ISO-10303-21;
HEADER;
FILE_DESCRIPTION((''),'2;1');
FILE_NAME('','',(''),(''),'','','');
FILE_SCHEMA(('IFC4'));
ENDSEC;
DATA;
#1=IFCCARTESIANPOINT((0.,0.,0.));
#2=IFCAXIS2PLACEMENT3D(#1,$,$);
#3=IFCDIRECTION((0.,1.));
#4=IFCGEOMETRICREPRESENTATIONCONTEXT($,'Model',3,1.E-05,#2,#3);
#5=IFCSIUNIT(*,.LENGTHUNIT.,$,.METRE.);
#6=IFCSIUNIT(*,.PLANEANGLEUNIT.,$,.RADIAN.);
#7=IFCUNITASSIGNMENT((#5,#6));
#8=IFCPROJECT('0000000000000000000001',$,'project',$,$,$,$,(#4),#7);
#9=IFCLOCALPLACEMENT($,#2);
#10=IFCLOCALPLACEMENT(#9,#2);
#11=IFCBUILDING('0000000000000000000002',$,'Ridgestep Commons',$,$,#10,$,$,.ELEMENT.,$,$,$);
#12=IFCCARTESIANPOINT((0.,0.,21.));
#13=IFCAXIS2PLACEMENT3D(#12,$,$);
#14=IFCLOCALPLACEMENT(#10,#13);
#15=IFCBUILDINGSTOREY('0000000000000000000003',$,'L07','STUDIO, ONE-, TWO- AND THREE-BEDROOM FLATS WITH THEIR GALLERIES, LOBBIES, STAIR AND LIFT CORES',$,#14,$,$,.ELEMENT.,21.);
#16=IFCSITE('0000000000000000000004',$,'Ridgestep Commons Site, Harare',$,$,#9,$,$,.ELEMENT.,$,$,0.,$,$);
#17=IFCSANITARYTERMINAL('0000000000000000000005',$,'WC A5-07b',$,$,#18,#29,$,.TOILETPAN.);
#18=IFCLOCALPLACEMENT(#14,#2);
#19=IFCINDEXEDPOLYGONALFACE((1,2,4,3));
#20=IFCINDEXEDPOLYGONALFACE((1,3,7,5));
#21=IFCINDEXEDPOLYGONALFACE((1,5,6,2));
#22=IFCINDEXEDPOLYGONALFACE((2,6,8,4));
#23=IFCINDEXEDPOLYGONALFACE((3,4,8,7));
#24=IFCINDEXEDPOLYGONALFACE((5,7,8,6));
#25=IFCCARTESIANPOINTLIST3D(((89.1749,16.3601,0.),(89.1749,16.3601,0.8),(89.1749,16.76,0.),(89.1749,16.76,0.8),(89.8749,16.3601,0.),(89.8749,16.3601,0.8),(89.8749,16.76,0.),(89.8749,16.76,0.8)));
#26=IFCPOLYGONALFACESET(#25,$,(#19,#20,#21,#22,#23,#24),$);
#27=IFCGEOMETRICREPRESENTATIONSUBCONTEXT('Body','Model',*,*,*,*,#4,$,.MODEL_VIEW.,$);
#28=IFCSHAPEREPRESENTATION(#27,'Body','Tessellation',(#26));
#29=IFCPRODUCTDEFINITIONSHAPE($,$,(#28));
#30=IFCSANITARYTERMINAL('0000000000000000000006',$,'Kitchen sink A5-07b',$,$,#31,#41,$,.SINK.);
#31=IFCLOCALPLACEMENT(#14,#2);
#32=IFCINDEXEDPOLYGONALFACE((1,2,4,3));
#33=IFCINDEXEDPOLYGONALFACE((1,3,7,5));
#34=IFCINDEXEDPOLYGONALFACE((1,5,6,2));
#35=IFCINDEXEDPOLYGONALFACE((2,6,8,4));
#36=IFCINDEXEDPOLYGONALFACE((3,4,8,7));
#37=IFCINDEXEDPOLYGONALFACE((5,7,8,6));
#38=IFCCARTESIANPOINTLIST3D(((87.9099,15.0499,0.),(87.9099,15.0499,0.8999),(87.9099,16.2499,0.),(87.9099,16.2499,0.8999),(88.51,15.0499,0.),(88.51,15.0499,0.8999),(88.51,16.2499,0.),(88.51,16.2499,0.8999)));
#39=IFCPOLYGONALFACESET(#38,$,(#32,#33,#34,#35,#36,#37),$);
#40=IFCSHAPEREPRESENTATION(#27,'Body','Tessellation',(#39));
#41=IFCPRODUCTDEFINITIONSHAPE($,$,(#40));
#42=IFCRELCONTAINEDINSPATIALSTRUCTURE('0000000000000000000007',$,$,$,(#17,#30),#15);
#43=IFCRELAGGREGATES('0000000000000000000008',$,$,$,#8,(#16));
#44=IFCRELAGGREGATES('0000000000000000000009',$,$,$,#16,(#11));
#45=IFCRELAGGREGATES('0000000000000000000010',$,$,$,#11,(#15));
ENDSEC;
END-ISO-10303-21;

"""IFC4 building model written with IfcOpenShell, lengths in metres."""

from ifc_helpers import new_model, si_unit, direction, frame, origin, origin_2d, place, context, subcontext, project, spatial, rectangle, extrude, element, save


model = new_model("IFC4")

# Units and contexts
model_context = context("Model", 3, precision=1e-05, world=origin(), true_north=direction((0.0, 1.0)))
body_context = subcontext(model_context, "Body", "Model", "MODEL_VIEW")
ifc_project = project(units=[si_unit("LENGTHUNIT", "METRE"), si_unit("PLANEANGLEUNIT", "RADIAN")], contexts=[model_context])

# Site, building, storey
site_placement = place(None, origin())
site = spatial("IfcSite", under=ifc_project, at=site_placement, Name="Ridgestep Commons Site, Harare", CompositionType="ELEMENT", RefElevation=0.0)
building_placement = place(site_placement, origin())
building = spatial("IfcBuilding", under=site, at=building_placement, Name="Ridgestep Commons", CompositionType="ELEMENT")
storey_placement = place(building_placement, frame((0.0, 0.0, 21.0)))
storey = spatial("IfcBuildingStorey", under=building, at=storey_placement, Name="L07", Description="STUDIO, ONE-, TWO- AND THREE-BEDROOM FLATS WITH THEIR GALLERIES, LOBBIES, STAIR AND LIFT CORES", CompositionType="ELEMENT", Elevation=21.0)

# Sanitary terminals
sanitary_terminal_1_placement = place(storey_placement, frame((89.5249, 16.5601, 0.0), z_axis=(0.0, 0.0, 1.0), x_axis=(1.0, 0.0, 0.0)))
element("IfcSanitaryTerminal", 1, at=sanitary_terminal_1_placement, inside=storey, Name="WC A5-07b", PredefinedType="TOILETPAN", context=body_context, shape_type="SweptSolid", body=[
    extrude(rectangle(XDim=0.7, YDim=0.3999, at=origin_2d()), origin(), (0.0, 0.0, 1.0), 0.8),
])
sanitary_terminal_2_placement = place(storey_placement, frame((88.21, 15.6499, 0.0), z_axis=(0.0, 0.0, 1.0), x_axis=(1.0, 0.0, 0.0)))
element("IfcSanitaryTerminal", 2, at=sanitary_terminal_2_placement, inside=storey, Name="Kitchen sink A5-07b", PredefinedType="SINK", context=body_context, shape_type="SweptSolid", body=[
    extrude(rectangle(XDim=0.6001, YDim=1.2, at=origin_2d()), origin(), (0.0, 0.0, 1.0), 0.8999),
])

save(model, "model.ifc")
